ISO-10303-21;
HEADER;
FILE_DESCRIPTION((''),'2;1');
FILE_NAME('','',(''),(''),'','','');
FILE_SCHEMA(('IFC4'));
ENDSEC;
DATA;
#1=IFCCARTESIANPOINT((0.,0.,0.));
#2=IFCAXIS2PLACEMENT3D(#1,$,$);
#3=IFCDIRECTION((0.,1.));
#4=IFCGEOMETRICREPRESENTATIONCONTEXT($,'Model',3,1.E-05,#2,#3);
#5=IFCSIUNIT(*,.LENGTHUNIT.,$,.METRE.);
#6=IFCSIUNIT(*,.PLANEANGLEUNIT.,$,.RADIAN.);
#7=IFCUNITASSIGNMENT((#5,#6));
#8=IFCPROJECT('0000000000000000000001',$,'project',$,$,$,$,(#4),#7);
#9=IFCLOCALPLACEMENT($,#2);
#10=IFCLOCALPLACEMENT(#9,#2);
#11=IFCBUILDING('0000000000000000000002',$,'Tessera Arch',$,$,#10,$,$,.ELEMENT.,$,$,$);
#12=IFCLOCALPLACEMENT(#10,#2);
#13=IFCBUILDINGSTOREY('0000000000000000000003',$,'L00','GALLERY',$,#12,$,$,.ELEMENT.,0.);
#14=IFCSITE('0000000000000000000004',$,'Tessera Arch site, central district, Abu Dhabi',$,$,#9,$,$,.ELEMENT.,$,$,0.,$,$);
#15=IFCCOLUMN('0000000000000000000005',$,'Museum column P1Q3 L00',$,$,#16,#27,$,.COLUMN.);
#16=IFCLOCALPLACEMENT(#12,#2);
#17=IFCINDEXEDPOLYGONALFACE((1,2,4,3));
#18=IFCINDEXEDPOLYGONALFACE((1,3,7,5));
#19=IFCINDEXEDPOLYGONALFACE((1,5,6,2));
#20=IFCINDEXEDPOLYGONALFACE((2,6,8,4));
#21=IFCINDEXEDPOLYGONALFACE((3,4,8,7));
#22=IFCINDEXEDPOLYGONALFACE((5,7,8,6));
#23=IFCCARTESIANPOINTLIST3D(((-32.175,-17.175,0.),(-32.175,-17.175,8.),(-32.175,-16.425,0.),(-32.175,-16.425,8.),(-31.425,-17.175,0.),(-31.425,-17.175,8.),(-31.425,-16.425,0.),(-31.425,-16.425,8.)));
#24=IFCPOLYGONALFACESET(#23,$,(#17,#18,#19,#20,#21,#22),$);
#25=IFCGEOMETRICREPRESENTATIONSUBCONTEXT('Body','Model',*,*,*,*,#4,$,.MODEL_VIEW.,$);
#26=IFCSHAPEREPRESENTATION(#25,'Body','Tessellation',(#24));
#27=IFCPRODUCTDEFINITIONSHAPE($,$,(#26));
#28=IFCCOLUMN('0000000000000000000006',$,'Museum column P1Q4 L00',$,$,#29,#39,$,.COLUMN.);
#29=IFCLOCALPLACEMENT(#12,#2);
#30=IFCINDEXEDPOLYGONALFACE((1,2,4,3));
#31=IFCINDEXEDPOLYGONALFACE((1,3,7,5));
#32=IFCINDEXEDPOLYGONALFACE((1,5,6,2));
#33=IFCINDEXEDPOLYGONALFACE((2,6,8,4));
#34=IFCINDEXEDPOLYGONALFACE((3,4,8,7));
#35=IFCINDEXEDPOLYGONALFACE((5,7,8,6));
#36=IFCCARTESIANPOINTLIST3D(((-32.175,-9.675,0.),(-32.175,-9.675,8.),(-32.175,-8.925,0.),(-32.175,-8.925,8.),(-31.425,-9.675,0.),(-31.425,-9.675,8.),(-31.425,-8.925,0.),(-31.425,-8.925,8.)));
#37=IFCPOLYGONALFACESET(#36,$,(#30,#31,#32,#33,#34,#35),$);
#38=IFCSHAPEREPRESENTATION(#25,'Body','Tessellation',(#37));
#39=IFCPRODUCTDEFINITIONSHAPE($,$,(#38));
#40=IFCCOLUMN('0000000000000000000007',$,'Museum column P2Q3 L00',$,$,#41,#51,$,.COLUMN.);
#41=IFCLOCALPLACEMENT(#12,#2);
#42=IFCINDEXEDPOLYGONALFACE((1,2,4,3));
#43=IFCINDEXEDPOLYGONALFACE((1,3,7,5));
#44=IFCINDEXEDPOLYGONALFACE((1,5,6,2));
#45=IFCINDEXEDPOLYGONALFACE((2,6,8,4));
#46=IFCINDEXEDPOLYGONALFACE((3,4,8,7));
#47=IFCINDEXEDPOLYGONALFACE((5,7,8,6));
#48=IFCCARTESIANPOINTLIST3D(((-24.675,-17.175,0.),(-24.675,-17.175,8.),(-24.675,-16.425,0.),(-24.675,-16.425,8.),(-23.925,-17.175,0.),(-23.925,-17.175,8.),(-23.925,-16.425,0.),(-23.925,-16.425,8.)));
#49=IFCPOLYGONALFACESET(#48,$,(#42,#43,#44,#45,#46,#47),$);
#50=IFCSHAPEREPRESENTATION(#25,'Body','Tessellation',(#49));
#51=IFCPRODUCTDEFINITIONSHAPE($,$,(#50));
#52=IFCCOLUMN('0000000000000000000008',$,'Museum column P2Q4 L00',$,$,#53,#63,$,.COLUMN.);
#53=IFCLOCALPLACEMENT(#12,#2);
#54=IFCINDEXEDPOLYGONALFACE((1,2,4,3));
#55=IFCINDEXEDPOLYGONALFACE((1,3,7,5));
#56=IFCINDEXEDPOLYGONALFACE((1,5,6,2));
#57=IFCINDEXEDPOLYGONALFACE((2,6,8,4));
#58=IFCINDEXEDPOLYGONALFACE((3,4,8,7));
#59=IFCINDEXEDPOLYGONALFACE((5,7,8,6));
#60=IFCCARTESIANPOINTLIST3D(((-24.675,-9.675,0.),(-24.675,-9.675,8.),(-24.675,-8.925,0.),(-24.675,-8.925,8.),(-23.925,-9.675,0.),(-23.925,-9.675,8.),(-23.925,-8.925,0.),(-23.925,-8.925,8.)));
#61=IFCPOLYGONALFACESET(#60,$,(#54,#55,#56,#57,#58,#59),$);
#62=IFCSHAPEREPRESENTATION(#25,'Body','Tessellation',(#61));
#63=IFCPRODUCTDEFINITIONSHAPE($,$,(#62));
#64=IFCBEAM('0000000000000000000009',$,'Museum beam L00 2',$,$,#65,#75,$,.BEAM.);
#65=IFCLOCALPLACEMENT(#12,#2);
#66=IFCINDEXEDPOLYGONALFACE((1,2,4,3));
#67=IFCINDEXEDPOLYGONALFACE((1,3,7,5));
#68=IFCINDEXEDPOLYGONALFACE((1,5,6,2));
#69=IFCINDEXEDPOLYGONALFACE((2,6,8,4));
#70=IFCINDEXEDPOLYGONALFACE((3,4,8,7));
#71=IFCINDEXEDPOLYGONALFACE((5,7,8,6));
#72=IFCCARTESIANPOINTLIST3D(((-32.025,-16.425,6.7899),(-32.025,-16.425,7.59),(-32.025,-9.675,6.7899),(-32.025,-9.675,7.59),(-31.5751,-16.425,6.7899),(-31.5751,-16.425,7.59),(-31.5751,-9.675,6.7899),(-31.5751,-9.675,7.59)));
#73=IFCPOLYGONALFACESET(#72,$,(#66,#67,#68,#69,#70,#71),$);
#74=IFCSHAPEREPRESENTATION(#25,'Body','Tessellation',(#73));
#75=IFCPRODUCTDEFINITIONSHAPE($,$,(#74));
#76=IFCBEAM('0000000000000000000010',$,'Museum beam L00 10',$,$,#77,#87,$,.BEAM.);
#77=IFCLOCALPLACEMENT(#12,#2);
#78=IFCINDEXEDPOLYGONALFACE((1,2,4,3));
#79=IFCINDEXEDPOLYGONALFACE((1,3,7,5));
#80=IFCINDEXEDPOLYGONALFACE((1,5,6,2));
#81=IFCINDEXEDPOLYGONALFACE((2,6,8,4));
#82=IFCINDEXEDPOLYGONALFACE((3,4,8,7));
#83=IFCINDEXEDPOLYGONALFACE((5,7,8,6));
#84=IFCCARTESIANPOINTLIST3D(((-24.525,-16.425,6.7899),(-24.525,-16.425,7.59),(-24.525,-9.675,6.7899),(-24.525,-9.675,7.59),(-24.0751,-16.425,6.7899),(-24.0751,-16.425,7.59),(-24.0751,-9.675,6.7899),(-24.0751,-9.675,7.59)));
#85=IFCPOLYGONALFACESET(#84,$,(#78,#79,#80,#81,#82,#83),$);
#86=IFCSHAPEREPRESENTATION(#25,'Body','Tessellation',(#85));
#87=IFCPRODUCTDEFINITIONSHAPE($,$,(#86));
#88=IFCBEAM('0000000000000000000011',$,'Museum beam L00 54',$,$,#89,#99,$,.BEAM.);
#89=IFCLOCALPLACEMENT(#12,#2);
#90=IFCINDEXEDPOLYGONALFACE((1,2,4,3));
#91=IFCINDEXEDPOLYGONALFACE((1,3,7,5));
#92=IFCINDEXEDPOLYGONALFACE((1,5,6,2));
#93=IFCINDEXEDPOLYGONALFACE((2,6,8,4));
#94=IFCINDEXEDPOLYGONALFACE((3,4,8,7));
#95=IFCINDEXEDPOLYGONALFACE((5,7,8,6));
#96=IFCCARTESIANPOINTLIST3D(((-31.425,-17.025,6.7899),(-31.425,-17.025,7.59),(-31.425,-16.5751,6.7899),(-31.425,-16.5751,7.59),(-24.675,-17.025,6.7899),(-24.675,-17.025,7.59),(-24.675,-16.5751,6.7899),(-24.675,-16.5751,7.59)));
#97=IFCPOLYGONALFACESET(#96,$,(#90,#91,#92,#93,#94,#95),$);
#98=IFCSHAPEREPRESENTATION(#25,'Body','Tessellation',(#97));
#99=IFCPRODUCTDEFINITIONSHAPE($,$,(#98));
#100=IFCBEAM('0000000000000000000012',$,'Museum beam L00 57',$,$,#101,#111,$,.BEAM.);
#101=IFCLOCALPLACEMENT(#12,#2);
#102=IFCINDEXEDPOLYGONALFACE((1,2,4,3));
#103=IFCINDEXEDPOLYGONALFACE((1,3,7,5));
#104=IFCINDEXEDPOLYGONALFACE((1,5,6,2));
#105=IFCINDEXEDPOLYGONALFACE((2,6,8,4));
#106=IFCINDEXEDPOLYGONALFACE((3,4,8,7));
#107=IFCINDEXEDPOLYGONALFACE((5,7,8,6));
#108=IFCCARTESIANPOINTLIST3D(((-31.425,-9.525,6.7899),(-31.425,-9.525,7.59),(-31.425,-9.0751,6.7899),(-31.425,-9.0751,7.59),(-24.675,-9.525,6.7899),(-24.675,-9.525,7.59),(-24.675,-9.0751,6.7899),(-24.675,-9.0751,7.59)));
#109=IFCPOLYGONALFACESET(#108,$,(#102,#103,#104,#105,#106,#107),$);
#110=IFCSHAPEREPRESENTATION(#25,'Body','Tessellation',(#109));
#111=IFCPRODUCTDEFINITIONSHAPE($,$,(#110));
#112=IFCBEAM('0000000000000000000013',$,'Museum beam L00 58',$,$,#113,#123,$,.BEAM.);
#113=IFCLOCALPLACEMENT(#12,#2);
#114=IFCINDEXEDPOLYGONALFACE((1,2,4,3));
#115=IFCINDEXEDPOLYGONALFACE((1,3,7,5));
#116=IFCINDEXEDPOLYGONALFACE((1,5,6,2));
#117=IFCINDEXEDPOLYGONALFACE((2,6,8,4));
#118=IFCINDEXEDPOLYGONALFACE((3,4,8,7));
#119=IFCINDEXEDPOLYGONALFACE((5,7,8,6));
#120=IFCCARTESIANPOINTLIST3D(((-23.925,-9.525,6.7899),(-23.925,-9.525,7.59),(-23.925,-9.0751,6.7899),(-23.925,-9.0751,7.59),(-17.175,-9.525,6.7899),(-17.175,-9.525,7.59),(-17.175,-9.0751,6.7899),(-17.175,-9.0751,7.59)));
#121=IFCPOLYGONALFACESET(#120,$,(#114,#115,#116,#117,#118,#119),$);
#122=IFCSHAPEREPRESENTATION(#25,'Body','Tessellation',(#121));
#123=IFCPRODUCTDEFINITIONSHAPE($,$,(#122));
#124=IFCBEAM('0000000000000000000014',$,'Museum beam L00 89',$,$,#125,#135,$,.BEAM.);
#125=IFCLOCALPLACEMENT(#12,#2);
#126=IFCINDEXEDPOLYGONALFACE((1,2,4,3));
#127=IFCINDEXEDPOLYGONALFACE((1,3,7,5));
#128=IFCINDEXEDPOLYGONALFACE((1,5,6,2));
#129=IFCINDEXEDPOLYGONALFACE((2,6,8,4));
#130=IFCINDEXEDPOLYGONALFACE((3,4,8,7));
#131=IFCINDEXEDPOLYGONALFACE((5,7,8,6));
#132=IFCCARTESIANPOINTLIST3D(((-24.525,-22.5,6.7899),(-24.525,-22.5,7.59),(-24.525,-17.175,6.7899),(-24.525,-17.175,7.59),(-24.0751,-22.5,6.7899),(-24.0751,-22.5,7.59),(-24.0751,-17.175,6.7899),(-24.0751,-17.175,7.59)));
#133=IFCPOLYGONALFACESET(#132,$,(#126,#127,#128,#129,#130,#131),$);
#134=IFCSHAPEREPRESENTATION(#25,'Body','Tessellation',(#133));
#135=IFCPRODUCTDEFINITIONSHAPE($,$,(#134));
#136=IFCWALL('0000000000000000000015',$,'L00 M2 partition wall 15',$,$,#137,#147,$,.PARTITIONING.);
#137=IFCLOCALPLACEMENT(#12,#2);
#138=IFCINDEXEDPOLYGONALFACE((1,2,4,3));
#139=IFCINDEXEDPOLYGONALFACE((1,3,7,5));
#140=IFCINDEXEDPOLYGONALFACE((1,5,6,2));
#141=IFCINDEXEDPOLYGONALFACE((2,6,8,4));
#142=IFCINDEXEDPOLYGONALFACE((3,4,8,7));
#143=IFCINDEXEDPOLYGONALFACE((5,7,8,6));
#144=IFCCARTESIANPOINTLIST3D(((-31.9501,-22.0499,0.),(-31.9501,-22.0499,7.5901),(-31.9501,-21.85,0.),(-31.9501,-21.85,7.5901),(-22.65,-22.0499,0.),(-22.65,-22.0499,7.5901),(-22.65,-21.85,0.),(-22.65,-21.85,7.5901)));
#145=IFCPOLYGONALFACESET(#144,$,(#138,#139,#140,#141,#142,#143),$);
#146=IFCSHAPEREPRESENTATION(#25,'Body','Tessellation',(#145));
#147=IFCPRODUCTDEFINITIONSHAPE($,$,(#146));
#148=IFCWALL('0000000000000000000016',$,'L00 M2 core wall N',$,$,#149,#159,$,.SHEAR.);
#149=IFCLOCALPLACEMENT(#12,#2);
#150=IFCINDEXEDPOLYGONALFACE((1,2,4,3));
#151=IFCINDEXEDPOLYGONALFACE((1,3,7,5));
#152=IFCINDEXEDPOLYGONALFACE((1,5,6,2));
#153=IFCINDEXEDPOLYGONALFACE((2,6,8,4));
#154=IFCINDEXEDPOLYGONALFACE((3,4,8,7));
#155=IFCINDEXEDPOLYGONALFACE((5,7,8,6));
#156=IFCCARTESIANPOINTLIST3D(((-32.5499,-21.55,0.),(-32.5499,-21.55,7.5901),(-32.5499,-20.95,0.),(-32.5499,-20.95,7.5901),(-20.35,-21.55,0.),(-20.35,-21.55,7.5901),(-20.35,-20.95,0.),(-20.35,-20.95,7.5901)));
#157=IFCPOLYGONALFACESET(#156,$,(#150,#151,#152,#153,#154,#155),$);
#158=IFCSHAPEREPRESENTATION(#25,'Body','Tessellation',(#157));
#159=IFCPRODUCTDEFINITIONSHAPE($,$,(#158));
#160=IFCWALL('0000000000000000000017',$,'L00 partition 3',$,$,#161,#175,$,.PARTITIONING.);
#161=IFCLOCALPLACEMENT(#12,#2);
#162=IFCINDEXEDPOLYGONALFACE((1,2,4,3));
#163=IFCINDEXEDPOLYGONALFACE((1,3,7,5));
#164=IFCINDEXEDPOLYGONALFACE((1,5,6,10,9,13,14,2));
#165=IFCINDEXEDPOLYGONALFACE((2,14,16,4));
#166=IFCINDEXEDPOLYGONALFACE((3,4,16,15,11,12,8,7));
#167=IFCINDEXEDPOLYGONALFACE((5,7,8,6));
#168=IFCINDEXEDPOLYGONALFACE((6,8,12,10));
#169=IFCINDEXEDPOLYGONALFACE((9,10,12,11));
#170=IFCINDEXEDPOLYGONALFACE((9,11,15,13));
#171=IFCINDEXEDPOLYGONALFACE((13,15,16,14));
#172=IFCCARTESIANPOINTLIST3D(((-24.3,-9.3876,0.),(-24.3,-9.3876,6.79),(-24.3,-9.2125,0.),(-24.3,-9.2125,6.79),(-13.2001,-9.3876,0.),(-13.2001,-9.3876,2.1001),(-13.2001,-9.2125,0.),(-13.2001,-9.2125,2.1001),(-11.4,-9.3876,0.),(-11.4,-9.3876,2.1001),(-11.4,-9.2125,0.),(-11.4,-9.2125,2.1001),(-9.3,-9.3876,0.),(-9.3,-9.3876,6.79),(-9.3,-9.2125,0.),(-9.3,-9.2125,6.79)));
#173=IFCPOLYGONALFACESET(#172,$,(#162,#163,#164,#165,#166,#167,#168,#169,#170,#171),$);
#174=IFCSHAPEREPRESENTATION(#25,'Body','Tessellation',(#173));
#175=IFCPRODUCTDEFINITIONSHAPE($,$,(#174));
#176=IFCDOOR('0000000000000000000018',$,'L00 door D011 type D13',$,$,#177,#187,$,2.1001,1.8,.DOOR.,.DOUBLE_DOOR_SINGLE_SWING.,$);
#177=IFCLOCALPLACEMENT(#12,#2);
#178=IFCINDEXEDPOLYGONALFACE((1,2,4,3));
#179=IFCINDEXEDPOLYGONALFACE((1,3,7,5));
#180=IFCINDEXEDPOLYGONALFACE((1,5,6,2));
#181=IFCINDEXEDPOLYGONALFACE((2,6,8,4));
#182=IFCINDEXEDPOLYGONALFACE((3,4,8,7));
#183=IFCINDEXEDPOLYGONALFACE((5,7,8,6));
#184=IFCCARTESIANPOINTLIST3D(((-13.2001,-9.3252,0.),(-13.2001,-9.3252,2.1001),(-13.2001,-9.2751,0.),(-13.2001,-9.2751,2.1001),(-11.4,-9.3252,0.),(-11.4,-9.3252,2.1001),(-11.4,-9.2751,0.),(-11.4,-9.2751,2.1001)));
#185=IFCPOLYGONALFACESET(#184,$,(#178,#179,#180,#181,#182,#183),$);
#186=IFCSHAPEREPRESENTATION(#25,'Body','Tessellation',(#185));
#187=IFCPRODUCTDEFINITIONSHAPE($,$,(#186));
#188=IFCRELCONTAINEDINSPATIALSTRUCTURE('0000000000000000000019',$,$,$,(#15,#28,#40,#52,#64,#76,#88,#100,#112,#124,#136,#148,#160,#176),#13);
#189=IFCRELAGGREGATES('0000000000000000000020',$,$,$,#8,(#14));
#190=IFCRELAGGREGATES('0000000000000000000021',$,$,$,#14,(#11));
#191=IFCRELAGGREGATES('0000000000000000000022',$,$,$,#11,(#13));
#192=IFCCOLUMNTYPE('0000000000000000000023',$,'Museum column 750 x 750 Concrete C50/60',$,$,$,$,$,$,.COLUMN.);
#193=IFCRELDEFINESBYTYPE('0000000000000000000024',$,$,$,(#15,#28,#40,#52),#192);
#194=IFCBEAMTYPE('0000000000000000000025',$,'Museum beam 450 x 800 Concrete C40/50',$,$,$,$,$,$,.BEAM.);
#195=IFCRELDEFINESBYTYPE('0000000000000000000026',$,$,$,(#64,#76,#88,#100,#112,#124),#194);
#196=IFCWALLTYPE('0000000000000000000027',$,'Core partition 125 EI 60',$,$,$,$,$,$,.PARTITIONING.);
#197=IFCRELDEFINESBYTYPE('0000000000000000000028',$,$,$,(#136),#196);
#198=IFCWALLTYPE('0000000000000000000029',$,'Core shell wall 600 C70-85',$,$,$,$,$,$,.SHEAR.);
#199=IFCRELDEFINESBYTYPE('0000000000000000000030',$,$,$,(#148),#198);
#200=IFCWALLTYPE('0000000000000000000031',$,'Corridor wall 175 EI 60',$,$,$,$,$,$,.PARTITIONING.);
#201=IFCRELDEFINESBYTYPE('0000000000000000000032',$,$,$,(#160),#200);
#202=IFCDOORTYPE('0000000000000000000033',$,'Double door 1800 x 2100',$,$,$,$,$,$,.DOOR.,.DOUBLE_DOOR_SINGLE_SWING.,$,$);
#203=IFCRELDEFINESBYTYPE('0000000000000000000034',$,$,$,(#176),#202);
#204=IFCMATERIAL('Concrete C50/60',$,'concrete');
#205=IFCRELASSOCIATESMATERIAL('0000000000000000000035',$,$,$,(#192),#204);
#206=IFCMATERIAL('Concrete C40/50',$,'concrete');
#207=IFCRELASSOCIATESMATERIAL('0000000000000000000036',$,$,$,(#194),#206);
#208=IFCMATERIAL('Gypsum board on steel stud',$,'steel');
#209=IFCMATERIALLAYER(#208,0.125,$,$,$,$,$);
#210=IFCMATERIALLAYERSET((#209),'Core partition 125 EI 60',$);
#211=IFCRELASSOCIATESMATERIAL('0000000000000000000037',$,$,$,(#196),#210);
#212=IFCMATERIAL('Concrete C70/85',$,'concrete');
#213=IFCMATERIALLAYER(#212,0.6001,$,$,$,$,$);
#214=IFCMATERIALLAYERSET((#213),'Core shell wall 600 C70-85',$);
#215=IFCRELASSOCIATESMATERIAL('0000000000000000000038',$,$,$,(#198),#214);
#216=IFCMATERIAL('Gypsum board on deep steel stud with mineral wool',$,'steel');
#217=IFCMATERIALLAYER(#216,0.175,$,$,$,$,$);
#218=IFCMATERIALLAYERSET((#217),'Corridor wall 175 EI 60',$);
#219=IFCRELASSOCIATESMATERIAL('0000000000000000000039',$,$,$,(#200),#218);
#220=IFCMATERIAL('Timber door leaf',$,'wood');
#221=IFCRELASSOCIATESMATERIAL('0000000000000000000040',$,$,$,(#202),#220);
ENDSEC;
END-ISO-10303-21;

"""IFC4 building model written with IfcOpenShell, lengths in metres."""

from ifc_helpers import new_model, si_unit, direction, frame, frame_2d, origin, origin_2d, place, context, subcontext, project, spatial, rectangle, extrude, material, layer, layer_set, material_profile, profile_set, type_object, element, fill, save


model = new_model("IFC4")

# Units and contexts
model_context = context("Model", 3, precision=1e-05, world=origin(), true_north=direction((0.0, 1.0)))
body_context = subcontext(model_context, "Body", "Model", "MODEL_VIEW")
ifc_project = project(units=[si_unit("LENGTHUNIT", "METRE"), si_unit("PLANEANGLEUNIT", "RADIAN")], contexts=[model_context])

# Site, building, storey
site_placement = place(None, origin())
site = spatial("IfcSite", under=ifc_project, at=site_placement, Name="Tessera Arch site, central district, Abu Dhabi", CompositionType="ELEMENT", RefElevation=0.0)
building_placement = place(site_placement, origin())
building = spatial("IfcBuilding", under=site, at=building_placement, Name="Tessera Arch", CompositionType="ELEMENT")
storey_placement = place(building_placement, origin())
storey = spatial("IfcBuildingStorey", under=building, at=storey_placement, Name="L00", Description="GALLERY", CompositionType="ELEMENT", Elevation=0.0)

# Columns
ifc_material_1 = material(Name="Concrete C50/60", Category="concrete")
ifc_material_profile_1 = material_profile(ifc_material_1, rectangle(XDim=0.75, YDim=0.75, at=origin_2d()), Name="Museum column 750 x 750 Concrete C50/60")
ifc_profile_set_1 = profile_set([ifc_material_profile_1], Name="Concrete C50/60")
column_type = type_object("IfcColumnType", Name="Museum column 750 x 750 Concrete C50/60", PredefinedType="COLUMN", material=ifc_profile_set_1)
for number, where, z_axis, x_axis, name in (
    (1, (-31.8, -16.8, 0.0), (0.0, 0.0, 1.0), (1.0, 0.0, 0.0), "Museum column P1Q3 L00"),
    (2, (-31.8, -9.3, 0.0), (0.0, 0.0, 1.0), (1.0, 0.0, 0.0), "Museum column P1Q4 L00"),
    (3, (-24.3, -16.8, 0.0), (0.0, 0.0, 1.0), (1.0, 0.0, 0.0), "Museum column P2Q3 L00"),
    (4, (-24.3, -9.3, 0.0), (0.0, 0.0, 1.0), (1.0, 0.0, 0.0), "Museum column P2Q4 L00"),
):
    element("IfcColumn", number, at=place(storey_placement, frame(where, z_axis=z_axis, x_axis=x_axis)), inside=storey, type_object=column_type, Name=name, PredefinedType="COLUMN", context=body_context, shape_type="SweptSolid", body=[
        extrude(rectangle(XDim=0.75, YDim=0.75, at=origin_2d()), origin(), (0.0, 0.0, 1.0), 8.0),
    ])

# Beams
ifc_material_2 = material(Name="Concrete C40/50", Category="concrete")
ifc_material_profile_2 = material_profile(ifc_material_2, rectangle(XDim=0.45, YDim=0.8, at=origin_2d()), Name="Museum beam 450 x 800 Concrete C40/50")
ifc_profile_set_2 = profile_set([ifc_material_profile_2], Name="Concrete C40/50")
beam_type = type_object("IfcBeamType", Name="Museum beam 450 x 800 Concrete C40/50", PredefinedType="BEAM", material=ifc_profile_set_2)
for number, where, z_axis, x_axis, name in (
    (5, (-31.8, -16.425, 7.1899), (0.0, 1.0, 0.0), (-1.0, 0.0, 0.0), "Museum beam L00 2"),
    (6, (-24.3, -16.425, 7.1899), (0.0, 1.0, 0.0), (-1.0, 0.0, 0.0), "Museum beam L00 10"),
    (7, (-31.425, -16.8, 7.1899), (1.0, 0.0, 0.0), (0.0, 1.0, 0.0), "Museum beam L00 54"),
    (8, (-31.425, -9.3, 7.1899), (1.0, 0.0, 0.0), (0.0, 1.0, 0.0), "Museum beam L00 57"),
    (9, (-23.925, -9.3, 7.1899), (1.0, 0.0, 0.0), (0.0, 1.0, 0.0), "Museum beam L00 58"),
):
    element("IfcBeam", number, at=place(storey_placement, frame(where, z_axis=z_axis, x_axis=x_axis)), inside=storey, type_object=beam_type, Name=name, PredefinedType="BEAM", context=body_context, shape_type="SweptSolid", body=[
        extrude(rectangle(XDim=0.45, YDim=0.8, at=origin_2d()), origin(), (0.0, 0.0, 1.0), 6.75),
    ])
beam_placement = place(storey_placement, frame((-24.3, -17.175, 7.1899), z_axis=(0.0, -1.0, 0.0), x_axis=(1.0, 0.0, 0.0)))
element("IfcBeam", 10, at=beam_placement, inside=storey, type_object=beam_type, Name="Museum beam L00 89", PredefinedType="BEAM", context=body_context, shape_type="SweptSolid", body=[
    extrude(rectangle(XDim=0.45, YDim=0.8, at=origin_2d()), origin(), (0.0, 0.0, 1.0), 5.325),
])

# Walls
ifc_material_3 = material(Name="Gypsum board on steel stud", Category="steel")
ifc_layer_1 = layer(ifc_material_3, 0.125)
ifc_layer_set_1 = layer_set([ifc_layer_1], Name="Core partition 125 EI 60")
wall_type_1 = type_object("IfcWallType", Name="Core partition 125 EI 60", PredefinedType="PARTITIONING", material=ifc_layer_set_1)
wall_1_placement = place(storey_placement, frame((-31.95, -21.95, 0.0), z_axis=(0.0, 0.0, 1.0), x_axis=(1.0, 0.0, 0.0)))
element("IfcWall", 11, at=wall_1_placement, inside=storey, type_object=wall_type_1, Name="L00 M2 partition wall 15", PredefinedType="PARTITIONING", context=body_context, shape_type="SweptSolid", body=[
    extrude(rectangle(XDim=9.3, YDim=0.2, at=frame_2d((4.6499, 0.0))), origin(), (0.0, 0.0, 1.0), 7.5901),
])
ifc_material_4 = material(Name="Concrete C70/85", Category="concrete")
ifc_layer_2 = layer(ifc_material_4, 0.6001)
ifc_layer_set_2 = layer_set([ifc_layer_2], Name="Core shell wall 600 C70-85")
wall_type_2 = type_object("IfcWallType", Name="Core shell wall 600 C70-85", PredefinedType="SHEAR", material=ifc_layer_set_2)
wall_2_placement = place(storey_placement, frame((-32.55, -21.25, 0.0), z_axis=(0.0, 0.0, 1.0), x_axis=(1.0, 0.0, 0.0)))
element("IfcWall", 12, at=wall_2_placement, inside=storey, type_object=wall_type_2, Name="L00 M2 core wall N", PredefinedType="SHEAR", context=body_context, shape_type="SweptSolid", body=[
    extrude(rectangle(XDim=12.2, YDim=0.6001, at=frame_2d((6.1001, 0.0))), origin(), (0.0, 0.0, 1.0), 7.5901),
])

# Wall, opening, door
ifc_material_5 = material(Name="Gypsum board on deep steel stud with mineral wool", Category="steel")
ifc_layer_3 = layer(ifc_material_5, 0.175)
ifc_layer_set_3 = layer_set([ifc_layer_3], Name="Corridor wall 175 EI 60")
wall_type_3 = type_object("IfcWallType", Name="Corridor wall 175 EI 60", PredefinedType="PARTITIONING", material=ifc_layer_set_3)
wall_3_placement = place(storey_placement, frame((-24.3, -9.3, 0.0), z_axis=(0.0, 0.0, 1.0), x_axis=(1.0, 0.0, 0.0)))
wall_3 = element("IfcWall", 13, at=wall_3_placement, inside=storey, type_object=wall_type_3, Name="L00 partition 3", PredefinedType="PARTITIONING", context=body_context, shape_type="SweptSolid", body=[
    extrude(rectangle(XDim=15.0, YDim=0.175, at=frame_2d((7.5, 0.0))), origin(), (0.0, 0.0, 1.0), 6.79),
])
opening_1_placement = place(wall_3_placement, frame((11.1001, 0.0, 0.0)))
opening_1 = element("IfcOpeningElement", 14, at=opening_1_placement, cuts=wall_3, PredefinedType="OPENING", context=body_context, shape_type="SweptSolid", body=[
    extrude(rectangle(XDim=1.8, YDim=2.1001, at=frame_2d((0.8999, 1.05))), frame((0.0, 0.0974, 0.0), z_axis=(0.0, -1.0, 0.0), x_axis=(1.0, 0.0, 0.0)), (0.0, 0.0, 1.0), 0.1951),
])
ifc_material_6 = material(Name="Timber door leaf", Category="wood")
door_type_1 = type_object("IfcDoorType", Name="Double door 1800 x 2100", OperationType="DOUBLE_DOOR_SINGLE_SWING", PredefinedType="DOOR", material=ifc_material_6)
door_1_placement = place(opening_1_placement, origin())
door_1 = element("IfcDoor", 15, at=door_1_placement, inside=storey, type_object=door_type_1, Name="L00 door D011 type D13", OperationType="DOUBLE_DOOR_SINGLE_SWING", OverallHeight=2.1001, OverallWidth=1.8, PredefinedType="DOOR", context=body_context, shape_type="SweptSolid", body=[
    extrude(rectangle(XDim=1.8, YDim=2.1001, at=frame_2d((0.8999, 1.05))), frame((0.0, 0.0249, 0.0), z_axis=(0.0, -1.0, 0.0), x_axis=(1.0, 0.0, 0.0)), (0.0, 0.0, 1.0), 0.05),
])
fill(opening_1, door_1)

save(model, "model.ifc")
